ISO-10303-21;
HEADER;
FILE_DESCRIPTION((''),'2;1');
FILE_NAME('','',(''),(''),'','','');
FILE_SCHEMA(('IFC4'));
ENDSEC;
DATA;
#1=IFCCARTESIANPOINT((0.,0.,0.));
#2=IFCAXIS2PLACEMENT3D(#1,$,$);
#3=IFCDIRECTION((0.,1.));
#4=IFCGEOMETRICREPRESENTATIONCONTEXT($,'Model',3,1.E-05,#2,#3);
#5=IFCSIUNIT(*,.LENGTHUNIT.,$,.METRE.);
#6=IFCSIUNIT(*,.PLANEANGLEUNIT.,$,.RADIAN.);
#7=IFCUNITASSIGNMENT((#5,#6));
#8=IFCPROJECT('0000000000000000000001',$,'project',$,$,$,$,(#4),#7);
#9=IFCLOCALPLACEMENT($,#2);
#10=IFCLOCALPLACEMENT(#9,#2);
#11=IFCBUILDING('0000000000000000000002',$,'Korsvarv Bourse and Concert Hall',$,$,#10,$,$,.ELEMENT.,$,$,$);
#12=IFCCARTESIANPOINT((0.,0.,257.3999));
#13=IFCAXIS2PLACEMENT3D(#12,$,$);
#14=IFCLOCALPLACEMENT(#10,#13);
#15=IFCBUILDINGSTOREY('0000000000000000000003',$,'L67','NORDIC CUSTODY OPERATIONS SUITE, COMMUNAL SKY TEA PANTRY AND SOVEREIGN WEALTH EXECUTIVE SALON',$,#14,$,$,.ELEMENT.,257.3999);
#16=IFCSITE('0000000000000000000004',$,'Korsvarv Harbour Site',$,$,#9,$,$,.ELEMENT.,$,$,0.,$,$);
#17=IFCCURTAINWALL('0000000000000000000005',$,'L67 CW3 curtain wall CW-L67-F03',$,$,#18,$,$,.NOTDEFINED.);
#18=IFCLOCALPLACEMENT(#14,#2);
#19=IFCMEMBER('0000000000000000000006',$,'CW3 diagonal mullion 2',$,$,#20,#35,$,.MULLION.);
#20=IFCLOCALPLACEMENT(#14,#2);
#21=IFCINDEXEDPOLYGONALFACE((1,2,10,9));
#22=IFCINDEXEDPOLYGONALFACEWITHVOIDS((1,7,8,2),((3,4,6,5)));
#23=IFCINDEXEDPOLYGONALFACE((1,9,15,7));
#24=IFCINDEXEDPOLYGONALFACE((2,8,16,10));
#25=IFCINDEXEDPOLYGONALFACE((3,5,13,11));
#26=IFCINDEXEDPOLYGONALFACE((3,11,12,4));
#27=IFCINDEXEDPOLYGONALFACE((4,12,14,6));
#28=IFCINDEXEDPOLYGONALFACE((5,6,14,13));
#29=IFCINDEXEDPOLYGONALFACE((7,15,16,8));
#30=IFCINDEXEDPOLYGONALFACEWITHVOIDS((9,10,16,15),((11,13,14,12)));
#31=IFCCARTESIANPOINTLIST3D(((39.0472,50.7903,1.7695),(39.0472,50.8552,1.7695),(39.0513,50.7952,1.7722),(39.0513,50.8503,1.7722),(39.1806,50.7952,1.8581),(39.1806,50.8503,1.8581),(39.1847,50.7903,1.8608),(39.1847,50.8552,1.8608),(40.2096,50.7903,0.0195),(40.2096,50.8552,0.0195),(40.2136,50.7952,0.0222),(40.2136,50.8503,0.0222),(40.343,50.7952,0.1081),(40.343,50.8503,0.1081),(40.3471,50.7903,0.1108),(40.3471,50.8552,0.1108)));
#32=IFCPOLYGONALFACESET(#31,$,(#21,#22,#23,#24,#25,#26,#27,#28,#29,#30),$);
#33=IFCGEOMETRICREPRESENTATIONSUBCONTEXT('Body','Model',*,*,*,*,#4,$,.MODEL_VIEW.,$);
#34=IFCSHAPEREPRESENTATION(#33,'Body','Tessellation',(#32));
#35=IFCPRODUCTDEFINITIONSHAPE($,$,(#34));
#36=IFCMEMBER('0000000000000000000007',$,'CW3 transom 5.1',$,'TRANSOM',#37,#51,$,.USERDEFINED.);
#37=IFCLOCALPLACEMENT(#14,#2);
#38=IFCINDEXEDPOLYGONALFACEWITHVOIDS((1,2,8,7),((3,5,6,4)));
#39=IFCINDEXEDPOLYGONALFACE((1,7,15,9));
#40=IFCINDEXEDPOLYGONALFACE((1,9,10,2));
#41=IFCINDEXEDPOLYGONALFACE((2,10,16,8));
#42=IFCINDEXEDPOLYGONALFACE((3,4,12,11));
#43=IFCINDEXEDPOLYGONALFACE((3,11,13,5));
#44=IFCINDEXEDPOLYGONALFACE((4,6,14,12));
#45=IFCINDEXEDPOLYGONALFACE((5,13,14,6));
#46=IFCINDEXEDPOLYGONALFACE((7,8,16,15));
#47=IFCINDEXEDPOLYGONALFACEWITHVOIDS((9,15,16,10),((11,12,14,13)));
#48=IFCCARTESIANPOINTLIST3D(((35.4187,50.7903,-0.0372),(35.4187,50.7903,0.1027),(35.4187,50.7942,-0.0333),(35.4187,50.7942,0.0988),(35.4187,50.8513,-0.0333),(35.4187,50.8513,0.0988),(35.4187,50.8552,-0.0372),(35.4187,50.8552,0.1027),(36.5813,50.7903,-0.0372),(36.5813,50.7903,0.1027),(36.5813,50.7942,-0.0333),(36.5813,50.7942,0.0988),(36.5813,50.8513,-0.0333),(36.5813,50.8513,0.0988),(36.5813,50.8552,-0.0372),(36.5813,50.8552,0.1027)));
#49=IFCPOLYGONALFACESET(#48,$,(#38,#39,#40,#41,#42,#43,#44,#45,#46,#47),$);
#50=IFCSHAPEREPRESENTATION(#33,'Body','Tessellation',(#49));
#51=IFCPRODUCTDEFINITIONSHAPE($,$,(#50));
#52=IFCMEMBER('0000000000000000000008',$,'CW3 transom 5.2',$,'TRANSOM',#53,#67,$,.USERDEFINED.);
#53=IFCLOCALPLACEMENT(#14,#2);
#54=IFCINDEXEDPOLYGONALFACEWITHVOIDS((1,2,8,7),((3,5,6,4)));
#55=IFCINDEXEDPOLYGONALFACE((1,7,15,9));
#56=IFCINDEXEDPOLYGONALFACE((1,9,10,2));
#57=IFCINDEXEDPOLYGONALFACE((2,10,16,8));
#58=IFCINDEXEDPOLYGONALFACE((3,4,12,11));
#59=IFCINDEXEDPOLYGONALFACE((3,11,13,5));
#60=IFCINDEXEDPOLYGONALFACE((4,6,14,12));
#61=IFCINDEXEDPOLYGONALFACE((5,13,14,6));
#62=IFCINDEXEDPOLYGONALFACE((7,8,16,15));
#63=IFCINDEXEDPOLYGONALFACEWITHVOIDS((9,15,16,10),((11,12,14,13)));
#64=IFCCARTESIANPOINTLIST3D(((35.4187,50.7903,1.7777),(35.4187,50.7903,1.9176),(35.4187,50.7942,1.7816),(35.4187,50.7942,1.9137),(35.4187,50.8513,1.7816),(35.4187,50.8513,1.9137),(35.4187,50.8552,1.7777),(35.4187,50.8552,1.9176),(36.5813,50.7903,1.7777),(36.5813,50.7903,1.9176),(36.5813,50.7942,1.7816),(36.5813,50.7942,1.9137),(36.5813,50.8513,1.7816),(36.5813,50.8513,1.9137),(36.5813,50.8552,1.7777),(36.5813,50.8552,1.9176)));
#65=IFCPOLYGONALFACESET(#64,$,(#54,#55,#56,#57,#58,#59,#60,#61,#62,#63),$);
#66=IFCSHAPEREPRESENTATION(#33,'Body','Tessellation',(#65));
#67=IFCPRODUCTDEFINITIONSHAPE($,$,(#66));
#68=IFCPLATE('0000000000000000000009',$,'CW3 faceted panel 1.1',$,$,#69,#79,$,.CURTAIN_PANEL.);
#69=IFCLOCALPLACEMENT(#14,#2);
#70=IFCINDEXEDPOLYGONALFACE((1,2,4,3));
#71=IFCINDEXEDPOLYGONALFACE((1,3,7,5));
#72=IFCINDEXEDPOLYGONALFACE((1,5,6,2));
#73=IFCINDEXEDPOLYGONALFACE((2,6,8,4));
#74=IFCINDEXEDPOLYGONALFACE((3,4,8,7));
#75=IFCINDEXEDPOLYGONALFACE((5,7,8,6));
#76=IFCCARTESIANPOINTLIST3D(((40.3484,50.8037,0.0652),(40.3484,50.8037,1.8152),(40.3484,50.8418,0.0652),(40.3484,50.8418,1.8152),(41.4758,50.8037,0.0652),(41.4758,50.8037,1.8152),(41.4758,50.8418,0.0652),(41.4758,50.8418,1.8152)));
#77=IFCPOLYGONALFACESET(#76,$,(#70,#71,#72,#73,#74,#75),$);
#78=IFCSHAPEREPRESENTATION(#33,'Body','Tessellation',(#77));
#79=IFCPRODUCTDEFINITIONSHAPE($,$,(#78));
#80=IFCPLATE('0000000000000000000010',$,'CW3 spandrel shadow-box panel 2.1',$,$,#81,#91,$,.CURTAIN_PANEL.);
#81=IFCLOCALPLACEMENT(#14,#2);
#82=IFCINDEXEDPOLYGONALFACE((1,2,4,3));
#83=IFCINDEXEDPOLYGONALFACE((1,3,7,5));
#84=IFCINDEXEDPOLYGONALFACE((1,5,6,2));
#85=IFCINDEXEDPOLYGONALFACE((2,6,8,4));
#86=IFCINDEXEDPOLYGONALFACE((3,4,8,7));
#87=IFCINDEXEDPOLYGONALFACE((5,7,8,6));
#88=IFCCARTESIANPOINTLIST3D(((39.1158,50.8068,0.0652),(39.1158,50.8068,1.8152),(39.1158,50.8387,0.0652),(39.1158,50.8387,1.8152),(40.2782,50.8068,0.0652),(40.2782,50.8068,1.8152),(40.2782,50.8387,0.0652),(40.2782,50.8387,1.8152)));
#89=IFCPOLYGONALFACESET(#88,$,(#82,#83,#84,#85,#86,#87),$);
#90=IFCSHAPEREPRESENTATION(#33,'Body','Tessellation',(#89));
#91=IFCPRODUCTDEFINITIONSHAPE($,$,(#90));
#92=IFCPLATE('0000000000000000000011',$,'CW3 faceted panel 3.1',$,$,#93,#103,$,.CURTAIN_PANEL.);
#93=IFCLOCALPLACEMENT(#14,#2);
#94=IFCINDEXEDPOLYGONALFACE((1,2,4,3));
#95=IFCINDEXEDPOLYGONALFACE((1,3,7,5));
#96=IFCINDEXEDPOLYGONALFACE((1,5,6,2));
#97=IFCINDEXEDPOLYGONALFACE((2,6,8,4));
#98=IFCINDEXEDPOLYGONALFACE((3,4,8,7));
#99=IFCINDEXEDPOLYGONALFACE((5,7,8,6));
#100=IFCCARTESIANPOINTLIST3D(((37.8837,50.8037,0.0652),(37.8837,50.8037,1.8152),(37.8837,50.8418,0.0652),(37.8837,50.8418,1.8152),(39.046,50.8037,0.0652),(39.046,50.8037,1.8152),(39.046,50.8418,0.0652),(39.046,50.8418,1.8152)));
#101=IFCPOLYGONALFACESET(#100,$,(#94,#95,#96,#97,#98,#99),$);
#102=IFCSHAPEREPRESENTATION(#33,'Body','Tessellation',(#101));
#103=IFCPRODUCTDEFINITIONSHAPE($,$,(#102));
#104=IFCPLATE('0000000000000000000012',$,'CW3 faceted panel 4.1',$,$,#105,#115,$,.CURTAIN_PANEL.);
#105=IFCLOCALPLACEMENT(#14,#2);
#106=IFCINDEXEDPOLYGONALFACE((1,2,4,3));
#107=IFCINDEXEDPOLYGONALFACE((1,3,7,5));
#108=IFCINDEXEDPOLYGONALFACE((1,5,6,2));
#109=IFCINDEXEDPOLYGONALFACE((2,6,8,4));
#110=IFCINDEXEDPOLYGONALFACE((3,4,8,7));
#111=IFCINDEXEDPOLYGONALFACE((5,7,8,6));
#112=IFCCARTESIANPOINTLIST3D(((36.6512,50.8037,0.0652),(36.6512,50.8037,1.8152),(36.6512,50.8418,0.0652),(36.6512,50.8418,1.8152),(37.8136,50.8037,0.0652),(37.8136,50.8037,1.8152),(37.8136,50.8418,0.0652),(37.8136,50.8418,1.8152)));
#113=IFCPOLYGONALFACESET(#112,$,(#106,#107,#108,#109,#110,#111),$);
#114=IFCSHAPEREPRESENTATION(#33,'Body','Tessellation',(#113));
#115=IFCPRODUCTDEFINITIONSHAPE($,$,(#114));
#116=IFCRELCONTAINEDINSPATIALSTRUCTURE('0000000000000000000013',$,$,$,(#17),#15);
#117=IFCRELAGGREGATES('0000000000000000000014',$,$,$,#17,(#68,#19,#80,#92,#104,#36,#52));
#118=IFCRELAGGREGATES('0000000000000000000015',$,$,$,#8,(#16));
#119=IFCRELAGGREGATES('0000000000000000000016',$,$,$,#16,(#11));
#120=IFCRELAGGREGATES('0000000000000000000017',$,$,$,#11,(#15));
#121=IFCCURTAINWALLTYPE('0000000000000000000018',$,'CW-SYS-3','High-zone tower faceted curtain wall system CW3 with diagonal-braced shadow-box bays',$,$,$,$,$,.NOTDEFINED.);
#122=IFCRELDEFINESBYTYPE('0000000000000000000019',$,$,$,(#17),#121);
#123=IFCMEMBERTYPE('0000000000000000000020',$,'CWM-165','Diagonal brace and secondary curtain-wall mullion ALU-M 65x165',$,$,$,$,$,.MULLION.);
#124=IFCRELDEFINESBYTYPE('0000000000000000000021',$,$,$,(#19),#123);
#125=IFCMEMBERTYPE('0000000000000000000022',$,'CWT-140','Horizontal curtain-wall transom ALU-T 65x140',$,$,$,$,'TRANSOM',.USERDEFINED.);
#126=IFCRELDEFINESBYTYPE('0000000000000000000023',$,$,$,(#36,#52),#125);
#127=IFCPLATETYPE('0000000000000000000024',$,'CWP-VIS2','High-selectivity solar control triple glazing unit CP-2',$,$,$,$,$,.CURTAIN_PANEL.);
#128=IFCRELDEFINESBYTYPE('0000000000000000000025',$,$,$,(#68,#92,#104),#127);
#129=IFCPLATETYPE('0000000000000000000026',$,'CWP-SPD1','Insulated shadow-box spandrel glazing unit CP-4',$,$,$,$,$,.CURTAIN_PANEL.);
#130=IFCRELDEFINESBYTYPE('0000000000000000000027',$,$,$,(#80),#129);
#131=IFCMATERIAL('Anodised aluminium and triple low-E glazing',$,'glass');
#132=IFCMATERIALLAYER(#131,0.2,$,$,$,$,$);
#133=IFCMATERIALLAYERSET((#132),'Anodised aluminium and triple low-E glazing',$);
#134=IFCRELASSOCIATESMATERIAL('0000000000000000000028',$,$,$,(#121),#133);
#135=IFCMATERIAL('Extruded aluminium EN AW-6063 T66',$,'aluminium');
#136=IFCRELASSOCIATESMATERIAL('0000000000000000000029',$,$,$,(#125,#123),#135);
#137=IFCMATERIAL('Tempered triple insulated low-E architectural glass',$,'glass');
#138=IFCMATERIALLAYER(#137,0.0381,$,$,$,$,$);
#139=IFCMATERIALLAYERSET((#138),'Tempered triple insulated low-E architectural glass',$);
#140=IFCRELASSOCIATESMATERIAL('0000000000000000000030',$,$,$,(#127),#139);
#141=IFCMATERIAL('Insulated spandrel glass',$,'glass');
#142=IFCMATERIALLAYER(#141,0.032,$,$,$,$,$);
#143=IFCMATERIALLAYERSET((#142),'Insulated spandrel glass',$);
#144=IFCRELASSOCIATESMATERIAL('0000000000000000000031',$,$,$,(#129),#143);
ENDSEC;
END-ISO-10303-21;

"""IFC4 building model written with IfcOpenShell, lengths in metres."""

from ifc_helpers import new_model, si_unit, direction, frame, origin, origin_2d, place, context, subcontext, project, spatial, rectangle, hollow_rectangle, extrude, source, transform, mapped, material, layer, layer_set, material_profile, profile_set, type_object, element, aggregate, save


model = new_model("IFC4")

# Units and contexts
model_context = context("Model", 3, precision=1e-05, world=origin(), true_north=direction((0.0, 1.0)))
body_context = subcontext(model_context, "Body", "Model", "MODEL_VIEW")
ifc_project = project(units=[si_unit("LENGTHUNIT", "METRE"), si_unit("PLANEANGLEUNIT", "RADIAN")], contexts=[model_context])

# Site, building, storey
site_placement = place(None, origin())
site = spatial("IfcSite", under=ifc_project, at=site_placement, Name="Korsvarv Harbour Site", CompositionType="ELEMENT", RefElevation=0.0)
building_placement = place(site_placement, origin())
building = spatial("IfcBuilding", under=site, at=building_placement, Name="Korsvarv Bourse and Concert Hall", CompositionType="ELEMENT")
storey_placement = place(building_placement, frame((0.0, 0.0, 257.3999)))
storey = spatial("IfcBuildingStorey", under=building, at=storey_placement, Name="L67", Description="NORDIC CUSTODY OPERATIONS SUITE, COMMUNAL SKY TEA PANTRY AND SOVEREIGN WEALTH EXECUTIVE SALON", CompositionType="ELEMENT", Elevation=257.3999)

# Curtain wall, members, plates
ifc_material_1 = material(Name="Anodised aluminium and triple low-E glazing", Category="glass")
ifc_layer_1 = layer(ifc_material_1, 0.2)
ifc_layer_set_1 = layer_set([ifc_layer_1], Name="Anodised aluminium and triple low-E glazing")
curtain_wall_type = type_object("IfcCurtainWallType", Name="CW-SYS-3", Description="High-zone tower faceted curtain wall system CW3 with diagonal-braced shadow-box bays", PredefinedType="NOTDEFINED", material=ifc_layer_set_1)
curtain_wall_placement = place(storey_placement, origin())
curtain_wall = element("IfcCurtainWall", 1, at=curtain_wall_placement, inside=storey, type_object=curtain_wall_type, Name="L67 CW3 curtain wall CW-L67-F03", PredefinedType="NOTDEFINED")
ifc_material_2 = material(Name="Extruded aluminium EN AW-6063 T66", Category="aluminium")
ifc_material_profile_1 = material_profile(ifc_material_2, hollow_rectangle(XDim=0.0649, YDim=0.1399, WallThickness=0.0039, at=origin_2d()), Name="ALU-T 65x140")
ifc_profile_set_1 = profile_set([ifc_material_profile_1], Name="Extruded aluminium EN AW-6063 T66")
member_type_1 = type_object("IfcMemberType", Name="CWT-140", Description="Horizontal curtain-wall transom ALU-T 65x140", ElementType="TRANSOM", PredefinedType="USERDEFINED", material=ifc_profile_set_1)
ifc_material_profile_2 = material_profile(ifc_material_2, hollow_rectangle(XDim=0.0649, YDim=0.165, WallThickness=0.0049, at=origin_2d()), Name="ALU-M 65x165")
ifc_profile_set_2 = profile_set([ifc_material_profile_2], Name="Extruded aluminium EN AW-6063 T66")
member_type_2 = type_object("IfcMemberType", Name="CWM-165", Description="Diagonal brace and secondary curtain-wall mullion ALU-M 65x165", PredefinedType="MULLION", material=ifc_profile_set_2)
shared_shape_1 = source(origin(), body_context, "Body", "SweptSolid", [
    extrude(hollow_rectangle(XDim=0.0649, YDim=0.165, WallThickness=0.0049, at=origin_2d()), origin(), (0.0, 0.0, 1.0), 2.1008),
])
member_1_placement = place(storey_placement, frame((40.2783, 50.8228, 0.0652), z_axis=(-0.553278, 0.0, 0.832997), x_axis=(0.0, -1.0, 0.0)))
member_1 = element("IfcMember", 2, at=member_1_placement, type_object=member_type_2, Name="CW3 diagonal mullion 2", PredefinedType="MULLION", context=body_context, shape_type="MappedRepresentation", body=[
    mapped(shared_shape_1, transform((0.0, 0.0, 0.0), scale=1.0)),
])
shared_shape_2 = source(origin(), body_context, "Body", "SweptSolid", [
    extrude(hollow_rectangle(XDim=0.0649, YDim=0.1399, WallThickness=0.0039, at=origin_2d()), origin(), (0.0, 0.0, 1.0), 1.1626),
])
member_2_placement = place(storey_placement, frame((36.5813, 50.8228, 0.0327), z_axis=(-1.0, 0.0, 0.0), x_axis=(0.0, -1.0, 0.0)))
member_2 = element("IfcMember", 3, at=member_2_placement, type_object=member_type_1, Name="CW3 transom 5.1", ObjectType="TRANSOM", PredefinedType="USERDEFINED", context=body_context, shape_type="MappedRepresentation", body=[
    mapped(shared_shape_2, transform((0.0, 0.0, 0.0), scale=1.0)),
])
member_3_placement = place(storey_placement, frame((36.5813, 50.8228, 1.8477), z_axis=(-1.0, 0.0, 0.0), x_axis=(0.0, -1.0, 0.0)))
member_3 = element("IfcMember", 4, at=member_3_placement, type_object=member_type_1, Name="CW3 transom 5.2", ObjectType="TRANSOM", PredefinedType="USERDEFINED", context=body_context, shape_type="MappedRepresentation", body=[
    mapped(shared_shape_2, transform((0.0, 0.0, 0.0), scale=1.0)),
])
ifc_material_3 = material(Name="Tempered triple insulated low-E architectural glass", Category="glass")
ifc_layer_2 = layer(ifc_material_3, 0.0381)
ifc_layer_set_2 = layer_set([ifc_layer_2], Name="Tempered triple insulated low-E architectural glass")
plate_type_1 = type_object("IfcPlateType", Name="CWP-VIS2", Description="High-selectivity solar control triple glazing unit CP-2", PredefinedType="CURTAIN_PANEL", material=ifc_layer_set_2)
shared_shape_3 = source(origin(), body_context, "Body", "SweptSolid", [
    extrude(rectangle(XDim=1.1274, YDim=0.0381, at=origin_2d()), origin(), (0.0, 0.0, 1.0), 1.75),
])
plate_1_placement = place(storey_placement, frame((40.9121, 50.8228, 0.0652), z_axis=(0.0, 0.0, 1.0), x_axis=(-1.0, 0.0, 0.0)))
plate_1 = element("IfcPlate", 5, at=plate_1_placement, type_object=plate_type_1, Name="CW3 faceted panel 1.1", PredefinedType="CURTAIN_PANEL", context=body_context, shape_type="MappedRepresentation", body=[
    mapped(shared_shape_3, transform((0.0, 0.0, 0.0), scale=1.0)),
])
ifc_material_4 = material(Name="Insulated spandrel glass", Category="glass")
ifc_layer_3 = layer(ifc_material_4, 0.032)
ifc_layer_set_3 = layer_set([ifc_layer_3], Name="Insulated spandrel glass")
plate_type_2 = type_object("IfcPlateType", Name="CWP-SPD1", Description="Insulated shadow-box spandrel glazing unit CP-4", PredefinedType="CURTAIN_PANEL", material=ifc_layer_set_3)
shared_shape_4 = source(origin(), body_context, "Body", "SweptSolid", [
    extrude(rectangle(XDim=1.1624, YDim=0.032, at=origin_2d()), origin(), (0.0, 0.0, 1.0), 1.75),
])
plate_2_placement = place(storey_placement, frame((39.697, 50.8228, 0.0652), z_axis=(0.0, 0.0, 1.0), x_axis=(-1.0, 0.0, 0.0)))
plate_2 = element("IfcPlate", 6, at=plate_2_placement, type_object=plate_type_2, Name="CW3 spandrel shadow-box panel 2.1", PredefinedType="CURTAIN_PANEL", context=body_context, shape_type="MappedRepresentation", body=[
    mapped(shared_shape_4, transform((0.0, 0.0, 0.0), scale=1.0)),
])
shared_shape_5 = source(origin(), body_context, "Body", "SweptSolid", [
    extrude(rectangle(XDim=1.1624, YDim=0.0381, at=origin_2d()), origin(), (0.0, 0.0, 1.0), 1.75),
])
plate_3_placement = place(storey_placement, frame((38.4648, 50.8228, 0.0652), z_axis=(0.0, 0.0, 1.0), x_axis=(-1.0, 0.0, 0.0)))
plate_3 = element("IfcPlate", 7, at=plate_3_placement, type_object=plate_type_1, Name="CW3 faceted panel 3.1", PredefinedType="CURTAIN_PANEL", context=body_context, shape_type="MappedRepresentation", body=[
    mapped(shared_shape_5, transform((0.0, 0.0, 0.0), scale=1.0)),
])
plate_4_placement = place(storey_placement, frame((37.2324, 50.8228, 0.0652), z_axis=(0.0, 0.0, 1.0), x_axis=(-1.0, 0.0, 0.0)))
plate_4 = element("IfcPlate", 8, at=plate_4_placement, type_object=plate_type_1, Name="CW3 faceted panel 4.1", PredefinedType="CURTAIN_PANEL", context=body_context, shape_type="MappedRepresentation", body=[
    mapped(shared_shape_5, transform((0.0, 0.0, 0.0), scale=1.0)),
])
aggregate(curtain_wall, [plate_1, member_1, plate_2, plate_3, plate_4, member_2, member_3])

save(model, "model.ifc")
